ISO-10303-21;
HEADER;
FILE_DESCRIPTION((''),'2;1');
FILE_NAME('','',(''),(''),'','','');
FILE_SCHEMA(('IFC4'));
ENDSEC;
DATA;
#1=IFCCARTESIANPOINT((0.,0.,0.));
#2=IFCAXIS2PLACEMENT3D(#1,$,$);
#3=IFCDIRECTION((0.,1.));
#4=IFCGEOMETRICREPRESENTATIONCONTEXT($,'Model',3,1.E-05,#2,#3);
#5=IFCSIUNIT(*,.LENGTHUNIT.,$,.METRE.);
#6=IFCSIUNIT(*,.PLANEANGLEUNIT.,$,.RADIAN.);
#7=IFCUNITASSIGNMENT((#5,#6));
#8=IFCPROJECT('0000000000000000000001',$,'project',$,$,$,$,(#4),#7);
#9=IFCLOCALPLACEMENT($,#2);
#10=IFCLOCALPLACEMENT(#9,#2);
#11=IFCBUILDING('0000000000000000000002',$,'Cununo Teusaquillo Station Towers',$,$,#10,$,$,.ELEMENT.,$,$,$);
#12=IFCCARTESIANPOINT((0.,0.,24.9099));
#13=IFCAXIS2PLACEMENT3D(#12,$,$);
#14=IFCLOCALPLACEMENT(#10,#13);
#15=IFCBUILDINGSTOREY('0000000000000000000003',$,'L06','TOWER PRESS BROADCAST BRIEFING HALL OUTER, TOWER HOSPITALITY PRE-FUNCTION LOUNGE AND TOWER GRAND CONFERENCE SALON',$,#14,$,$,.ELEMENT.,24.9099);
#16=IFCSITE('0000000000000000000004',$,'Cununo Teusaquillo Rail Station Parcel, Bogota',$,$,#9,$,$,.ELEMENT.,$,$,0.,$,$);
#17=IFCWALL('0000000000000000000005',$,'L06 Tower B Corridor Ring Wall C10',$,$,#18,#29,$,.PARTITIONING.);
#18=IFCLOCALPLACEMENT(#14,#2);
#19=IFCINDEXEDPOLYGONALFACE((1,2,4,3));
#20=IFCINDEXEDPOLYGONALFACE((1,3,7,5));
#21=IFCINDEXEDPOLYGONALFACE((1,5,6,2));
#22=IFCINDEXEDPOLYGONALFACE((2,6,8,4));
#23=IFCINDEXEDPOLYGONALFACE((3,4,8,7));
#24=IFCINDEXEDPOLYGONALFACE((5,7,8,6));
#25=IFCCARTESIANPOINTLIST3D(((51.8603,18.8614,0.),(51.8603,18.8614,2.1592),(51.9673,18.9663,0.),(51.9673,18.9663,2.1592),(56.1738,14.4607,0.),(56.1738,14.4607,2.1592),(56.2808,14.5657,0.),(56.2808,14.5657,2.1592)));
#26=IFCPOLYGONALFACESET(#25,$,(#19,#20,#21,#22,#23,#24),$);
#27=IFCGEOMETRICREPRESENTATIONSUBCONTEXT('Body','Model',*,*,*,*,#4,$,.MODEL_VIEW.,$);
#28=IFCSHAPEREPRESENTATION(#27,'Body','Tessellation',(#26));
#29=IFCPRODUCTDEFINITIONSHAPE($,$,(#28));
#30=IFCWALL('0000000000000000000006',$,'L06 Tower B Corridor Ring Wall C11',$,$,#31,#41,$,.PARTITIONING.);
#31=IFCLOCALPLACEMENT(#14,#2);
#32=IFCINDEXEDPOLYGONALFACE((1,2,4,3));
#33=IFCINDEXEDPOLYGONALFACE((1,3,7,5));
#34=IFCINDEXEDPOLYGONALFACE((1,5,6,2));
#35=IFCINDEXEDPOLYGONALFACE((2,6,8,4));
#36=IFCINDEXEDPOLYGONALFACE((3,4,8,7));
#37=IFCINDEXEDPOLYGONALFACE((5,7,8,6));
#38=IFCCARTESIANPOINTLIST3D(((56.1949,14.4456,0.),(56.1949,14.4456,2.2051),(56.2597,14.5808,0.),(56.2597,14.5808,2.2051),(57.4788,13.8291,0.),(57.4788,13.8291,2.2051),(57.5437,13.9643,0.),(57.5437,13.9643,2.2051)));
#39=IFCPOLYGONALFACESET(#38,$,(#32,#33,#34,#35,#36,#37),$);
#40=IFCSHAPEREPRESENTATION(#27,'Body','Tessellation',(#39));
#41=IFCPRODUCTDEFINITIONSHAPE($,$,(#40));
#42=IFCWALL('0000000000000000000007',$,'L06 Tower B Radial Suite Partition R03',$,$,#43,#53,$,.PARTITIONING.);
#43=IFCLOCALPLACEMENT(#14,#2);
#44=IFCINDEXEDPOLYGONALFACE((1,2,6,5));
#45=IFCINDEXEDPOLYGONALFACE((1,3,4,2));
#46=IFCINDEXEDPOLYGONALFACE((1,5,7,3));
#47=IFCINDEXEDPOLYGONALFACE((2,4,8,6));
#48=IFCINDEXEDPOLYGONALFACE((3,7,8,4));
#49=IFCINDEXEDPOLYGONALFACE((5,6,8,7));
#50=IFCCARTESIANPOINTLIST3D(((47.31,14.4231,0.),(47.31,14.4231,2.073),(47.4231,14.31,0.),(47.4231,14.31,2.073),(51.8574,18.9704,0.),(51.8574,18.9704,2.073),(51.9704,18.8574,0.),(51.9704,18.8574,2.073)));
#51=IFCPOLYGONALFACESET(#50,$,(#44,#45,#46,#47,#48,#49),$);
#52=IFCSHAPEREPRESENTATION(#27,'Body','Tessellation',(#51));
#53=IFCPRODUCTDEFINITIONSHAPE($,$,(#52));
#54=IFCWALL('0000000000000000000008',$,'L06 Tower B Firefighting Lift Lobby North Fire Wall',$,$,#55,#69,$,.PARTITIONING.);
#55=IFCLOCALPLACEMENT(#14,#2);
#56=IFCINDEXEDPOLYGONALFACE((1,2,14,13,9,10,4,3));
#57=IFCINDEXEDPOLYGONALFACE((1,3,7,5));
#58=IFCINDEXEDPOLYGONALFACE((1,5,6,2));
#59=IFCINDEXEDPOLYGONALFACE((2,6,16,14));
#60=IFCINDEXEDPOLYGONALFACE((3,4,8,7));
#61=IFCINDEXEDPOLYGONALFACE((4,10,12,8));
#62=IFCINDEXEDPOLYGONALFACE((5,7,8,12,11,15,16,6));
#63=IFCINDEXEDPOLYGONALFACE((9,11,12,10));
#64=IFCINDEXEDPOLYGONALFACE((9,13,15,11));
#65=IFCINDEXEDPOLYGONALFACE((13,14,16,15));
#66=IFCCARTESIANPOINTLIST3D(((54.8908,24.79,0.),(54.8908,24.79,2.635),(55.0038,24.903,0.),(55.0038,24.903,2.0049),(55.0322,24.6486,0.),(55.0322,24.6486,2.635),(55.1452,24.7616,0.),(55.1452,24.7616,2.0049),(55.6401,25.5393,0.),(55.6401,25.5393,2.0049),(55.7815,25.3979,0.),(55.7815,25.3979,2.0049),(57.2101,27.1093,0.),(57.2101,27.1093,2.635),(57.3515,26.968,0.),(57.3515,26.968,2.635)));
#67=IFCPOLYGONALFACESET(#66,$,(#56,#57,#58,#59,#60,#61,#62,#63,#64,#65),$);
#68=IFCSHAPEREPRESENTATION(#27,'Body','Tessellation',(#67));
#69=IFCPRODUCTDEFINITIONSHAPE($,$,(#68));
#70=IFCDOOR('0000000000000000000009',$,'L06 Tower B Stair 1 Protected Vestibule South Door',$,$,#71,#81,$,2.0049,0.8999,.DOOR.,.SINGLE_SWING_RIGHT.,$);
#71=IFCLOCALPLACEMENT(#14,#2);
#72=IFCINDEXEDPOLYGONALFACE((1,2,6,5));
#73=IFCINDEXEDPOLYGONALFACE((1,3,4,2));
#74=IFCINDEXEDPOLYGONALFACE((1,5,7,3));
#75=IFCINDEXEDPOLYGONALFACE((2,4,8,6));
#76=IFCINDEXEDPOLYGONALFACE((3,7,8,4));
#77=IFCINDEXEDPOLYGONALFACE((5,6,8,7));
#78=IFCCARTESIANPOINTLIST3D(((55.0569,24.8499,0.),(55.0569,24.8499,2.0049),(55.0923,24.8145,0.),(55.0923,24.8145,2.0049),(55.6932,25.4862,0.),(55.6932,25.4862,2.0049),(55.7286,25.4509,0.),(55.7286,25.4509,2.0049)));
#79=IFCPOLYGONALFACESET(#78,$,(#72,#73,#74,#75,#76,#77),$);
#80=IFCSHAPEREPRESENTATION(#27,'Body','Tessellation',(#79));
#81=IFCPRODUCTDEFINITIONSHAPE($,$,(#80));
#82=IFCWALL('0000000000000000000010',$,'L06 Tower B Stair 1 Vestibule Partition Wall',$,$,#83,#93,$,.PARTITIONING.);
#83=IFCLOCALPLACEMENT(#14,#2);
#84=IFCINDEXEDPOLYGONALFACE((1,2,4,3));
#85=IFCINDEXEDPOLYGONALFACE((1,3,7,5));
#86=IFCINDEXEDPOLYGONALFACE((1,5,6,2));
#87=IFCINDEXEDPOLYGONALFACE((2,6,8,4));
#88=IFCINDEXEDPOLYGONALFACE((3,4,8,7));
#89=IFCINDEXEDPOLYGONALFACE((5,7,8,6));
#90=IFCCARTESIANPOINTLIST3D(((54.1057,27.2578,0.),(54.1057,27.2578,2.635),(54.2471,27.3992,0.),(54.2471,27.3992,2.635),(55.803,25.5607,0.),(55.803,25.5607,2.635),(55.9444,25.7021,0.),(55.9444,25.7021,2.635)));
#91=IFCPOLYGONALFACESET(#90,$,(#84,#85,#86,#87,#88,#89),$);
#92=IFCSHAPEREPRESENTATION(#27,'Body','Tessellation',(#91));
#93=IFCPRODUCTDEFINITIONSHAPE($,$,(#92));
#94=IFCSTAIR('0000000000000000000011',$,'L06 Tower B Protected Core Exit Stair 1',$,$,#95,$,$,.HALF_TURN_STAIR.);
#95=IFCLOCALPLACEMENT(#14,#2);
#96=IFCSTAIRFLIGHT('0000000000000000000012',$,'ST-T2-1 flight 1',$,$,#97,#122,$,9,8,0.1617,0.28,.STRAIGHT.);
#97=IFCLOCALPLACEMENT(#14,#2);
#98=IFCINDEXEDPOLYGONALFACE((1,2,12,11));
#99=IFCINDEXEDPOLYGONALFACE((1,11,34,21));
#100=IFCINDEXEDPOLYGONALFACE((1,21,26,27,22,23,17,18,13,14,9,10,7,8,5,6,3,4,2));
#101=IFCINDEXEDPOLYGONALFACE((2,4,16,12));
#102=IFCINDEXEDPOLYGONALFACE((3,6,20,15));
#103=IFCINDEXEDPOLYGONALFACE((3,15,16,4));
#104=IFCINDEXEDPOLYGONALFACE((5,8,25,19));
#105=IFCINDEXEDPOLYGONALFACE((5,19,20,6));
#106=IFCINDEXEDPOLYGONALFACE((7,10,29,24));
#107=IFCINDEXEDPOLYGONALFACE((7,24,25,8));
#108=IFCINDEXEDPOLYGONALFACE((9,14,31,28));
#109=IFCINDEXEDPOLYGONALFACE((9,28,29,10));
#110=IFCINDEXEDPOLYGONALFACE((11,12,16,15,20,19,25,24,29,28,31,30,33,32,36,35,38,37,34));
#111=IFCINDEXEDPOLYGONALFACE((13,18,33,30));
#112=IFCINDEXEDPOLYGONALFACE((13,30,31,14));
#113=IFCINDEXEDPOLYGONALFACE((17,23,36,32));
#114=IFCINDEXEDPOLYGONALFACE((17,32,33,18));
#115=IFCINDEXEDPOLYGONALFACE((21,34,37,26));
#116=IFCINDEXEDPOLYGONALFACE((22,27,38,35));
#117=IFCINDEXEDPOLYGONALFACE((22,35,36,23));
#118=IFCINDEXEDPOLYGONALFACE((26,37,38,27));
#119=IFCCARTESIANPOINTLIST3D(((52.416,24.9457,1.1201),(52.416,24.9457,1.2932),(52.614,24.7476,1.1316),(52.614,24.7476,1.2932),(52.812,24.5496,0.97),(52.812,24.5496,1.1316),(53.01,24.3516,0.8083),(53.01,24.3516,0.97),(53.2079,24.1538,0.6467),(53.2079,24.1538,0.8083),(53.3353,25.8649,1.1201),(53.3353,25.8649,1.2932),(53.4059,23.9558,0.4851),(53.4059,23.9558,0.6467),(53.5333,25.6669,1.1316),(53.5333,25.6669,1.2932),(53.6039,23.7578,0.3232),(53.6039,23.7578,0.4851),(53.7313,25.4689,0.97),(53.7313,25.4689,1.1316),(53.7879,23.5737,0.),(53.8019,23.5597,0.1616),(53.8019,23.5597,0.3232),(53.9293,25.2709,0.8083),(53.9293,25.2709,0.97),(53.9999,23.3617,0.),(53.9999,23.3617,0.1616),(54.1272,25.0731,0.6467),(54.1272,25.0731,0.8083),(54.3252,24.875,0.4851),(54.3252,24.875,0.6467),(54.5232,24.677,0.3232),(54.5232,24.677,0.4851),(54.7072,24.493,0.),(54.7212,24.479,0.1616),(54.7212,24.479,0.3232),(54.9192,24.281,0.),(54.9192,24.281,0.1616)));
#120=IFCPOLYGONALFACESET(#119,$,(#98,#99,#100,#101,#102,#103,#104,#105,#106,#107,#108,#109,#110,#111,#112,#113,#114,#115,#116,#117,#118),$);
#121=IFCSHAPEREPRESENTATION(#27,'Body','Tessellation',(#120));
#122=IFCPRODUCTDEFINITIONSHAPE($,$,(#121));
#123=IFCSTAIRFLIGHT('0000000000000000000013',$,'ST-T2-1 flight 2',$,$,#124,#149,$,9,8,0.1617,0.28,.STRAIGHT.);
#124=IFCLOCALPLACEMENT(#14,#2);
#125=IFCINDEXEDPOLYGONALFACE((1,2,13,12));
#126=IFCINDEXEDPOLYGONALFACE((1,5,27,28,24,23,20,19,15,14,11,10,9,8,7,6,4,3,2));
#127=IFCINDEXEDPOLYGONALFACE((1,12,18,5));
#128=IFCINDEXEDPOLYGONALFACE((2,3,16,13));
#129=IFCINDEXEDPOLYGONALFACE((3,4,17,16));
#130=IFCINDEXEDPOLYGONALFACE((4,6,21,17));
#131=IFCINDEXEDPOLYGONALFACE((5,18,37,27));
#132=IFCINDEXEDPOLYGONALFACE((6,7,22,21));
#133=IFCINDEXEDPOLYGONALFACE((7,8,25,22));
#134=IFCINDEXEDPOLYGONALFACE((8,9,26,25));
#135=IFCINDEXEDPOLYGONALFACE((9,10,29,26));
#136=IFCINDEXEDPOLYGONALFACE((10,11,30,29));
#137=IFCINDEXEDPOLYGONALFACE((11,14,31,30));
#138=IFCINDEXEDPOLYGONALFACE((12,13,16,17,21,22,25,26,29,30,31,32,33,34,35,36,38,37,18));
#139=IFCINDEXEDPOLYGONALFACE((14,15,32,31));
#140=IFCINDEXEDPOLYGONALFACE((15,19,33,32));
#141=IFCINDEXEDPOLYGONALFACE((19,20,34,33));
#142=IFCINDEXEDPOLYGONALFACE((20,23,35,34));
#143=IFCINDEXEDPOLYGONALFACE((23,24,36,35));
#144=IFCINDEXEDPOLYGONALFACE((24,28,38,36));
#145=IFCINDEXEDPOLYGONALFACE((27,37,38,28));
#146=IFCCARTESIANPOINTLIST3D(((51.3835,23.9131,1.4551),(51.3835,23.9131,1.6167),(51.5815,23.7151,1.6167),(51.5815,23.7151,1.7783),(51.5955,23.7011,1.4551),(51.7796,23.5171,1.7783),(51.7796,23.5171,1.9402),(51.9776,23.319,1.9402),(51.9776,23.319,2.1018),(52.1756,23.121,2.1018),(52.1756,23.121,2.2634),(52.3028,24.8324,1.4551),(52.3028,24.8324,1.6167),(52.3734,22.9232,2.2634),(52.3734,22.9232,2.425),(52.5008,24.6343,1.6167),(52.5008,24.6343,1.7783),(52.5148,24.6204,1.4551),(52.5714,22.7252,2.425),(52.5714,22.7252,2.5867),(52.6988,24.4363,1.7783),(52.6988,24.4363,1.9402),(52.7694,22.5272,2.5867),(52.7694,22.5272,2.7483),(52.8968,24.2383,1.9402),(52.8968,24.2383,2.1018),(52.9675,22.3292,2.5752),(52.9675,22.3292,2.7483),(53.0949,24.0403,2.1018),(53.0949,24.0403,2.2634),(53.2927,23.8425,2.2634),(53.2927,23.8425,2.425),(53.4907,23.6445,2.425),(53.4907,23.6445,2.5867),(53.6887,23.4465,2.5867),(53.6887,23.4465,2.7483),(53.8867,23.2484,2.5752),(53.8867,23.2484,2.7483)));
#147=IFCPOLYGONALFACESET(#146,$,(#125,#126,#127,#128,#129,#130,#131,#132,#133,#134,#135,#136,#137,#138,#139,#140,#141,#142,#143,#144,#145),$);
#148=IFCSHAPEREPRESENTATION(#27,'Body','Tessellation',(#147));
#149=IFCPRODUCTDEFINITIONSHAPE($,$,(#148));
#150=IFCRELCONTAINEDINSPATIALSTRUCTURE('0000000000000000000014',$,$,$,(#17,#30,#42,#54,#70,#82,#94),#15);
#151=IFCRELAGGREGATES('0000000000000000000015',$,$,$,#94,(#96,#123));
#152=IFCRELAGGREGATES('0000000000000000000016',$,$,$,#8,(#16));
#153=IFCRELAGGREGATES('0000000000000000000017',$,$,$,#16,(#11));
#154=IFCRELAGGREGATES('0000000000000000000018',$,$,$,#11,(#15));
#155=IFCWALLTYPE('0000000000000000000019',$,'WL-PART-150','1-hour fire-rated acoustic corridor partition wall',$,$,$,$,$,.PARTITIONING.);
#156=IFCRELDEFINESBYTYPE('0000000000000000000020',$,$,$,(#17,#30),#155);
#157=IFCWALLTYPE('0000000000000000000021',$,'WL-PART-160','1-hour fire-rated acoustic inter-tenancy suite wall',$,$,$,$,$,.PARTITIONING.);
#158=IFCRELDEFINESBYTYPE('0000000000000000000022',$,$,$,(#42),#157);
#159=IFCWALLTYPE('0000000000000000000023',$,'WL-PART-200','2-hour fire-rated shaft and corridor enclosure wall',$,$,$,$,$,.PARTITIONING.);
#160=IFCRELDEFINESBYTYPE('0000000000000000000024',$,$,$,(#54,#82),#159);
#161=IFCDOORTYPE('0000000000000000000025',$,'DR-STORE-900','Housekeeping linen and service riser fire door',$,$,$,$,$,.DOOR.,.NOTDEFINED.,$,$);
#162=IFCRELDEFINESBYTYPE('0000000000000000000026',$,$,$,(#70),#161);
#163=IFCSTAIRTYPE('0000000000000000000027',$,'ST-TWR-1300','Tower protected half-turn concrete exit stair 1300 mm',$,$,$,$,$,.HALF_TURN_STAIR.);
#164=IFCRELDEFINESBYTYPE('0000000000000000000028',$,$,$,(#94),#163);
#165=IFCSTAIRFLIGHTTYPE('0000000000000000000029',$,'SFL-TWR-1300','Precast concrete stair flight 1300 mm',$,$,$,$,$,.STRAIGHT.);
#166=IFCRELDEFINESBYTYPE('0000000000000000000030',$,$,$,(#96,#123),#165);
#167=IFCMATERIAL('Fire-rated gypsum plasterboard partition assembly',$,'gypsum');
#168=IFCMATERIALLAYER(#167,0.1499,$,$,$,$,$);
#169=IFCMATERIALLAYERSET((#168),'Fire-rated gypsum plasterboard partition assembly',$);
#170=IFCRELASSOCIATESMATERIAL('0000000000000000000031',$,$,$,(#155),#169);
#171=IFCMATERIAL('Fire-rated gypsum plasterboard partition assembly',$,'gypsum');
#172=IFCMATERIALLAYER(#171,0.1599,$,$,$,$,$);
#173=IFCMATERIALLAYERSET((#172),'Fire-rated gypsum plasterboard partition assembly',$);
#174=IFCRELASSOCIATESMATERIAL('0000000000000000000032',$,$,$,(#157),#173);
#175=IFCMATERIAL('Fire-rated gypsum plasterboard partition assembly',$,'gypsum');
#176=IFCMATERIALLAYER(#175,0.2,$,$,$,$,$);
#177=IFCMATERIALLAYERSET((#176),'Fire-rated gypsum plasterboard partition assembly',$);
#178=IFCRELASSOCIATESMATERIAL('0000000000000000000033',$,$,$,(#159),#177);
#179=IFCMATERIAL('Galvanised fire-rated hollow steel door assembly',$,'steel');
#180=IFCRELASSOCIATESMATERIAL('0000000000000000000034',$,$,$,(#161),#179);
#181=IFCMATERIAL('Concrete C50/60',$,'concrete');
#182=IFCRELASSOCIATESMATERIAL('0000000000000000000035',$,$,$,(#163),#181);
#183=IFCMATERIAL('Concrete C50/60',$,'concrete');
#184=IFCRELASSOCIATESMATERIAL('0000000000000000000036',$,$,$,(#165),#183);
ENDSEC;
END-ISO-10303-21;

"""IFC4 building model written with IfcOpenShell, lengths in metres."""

from ifc_helpers import new_model, si_unit, direction, frame, frame_2d, origin, place, context, subcontext, project, spatial, polyline, rectangle, outline, extrude, source, transform, mapped, material, layer, layer_set, type_object, element, fill, aggregate, save


model = new_model("IFC4")

# Units and contexts
model_context = context("Model", 3, precision=1e-05, world=origin(), true_north=direction((0.0, 1.0)))
body_context = subcontext(model_context, "Body", "Model", "MODEL_VIEW")
ifc_project = project(units=[si_unit("LENGTHUNIT", "METRE"), si_unit("PLANEANGLEUNIT", "RADIAN")], contexts=[model_context])

# Site, building, storey
site_placement = place(None, origin())
site = spatial("IfcSite", under=ifc_project, at=site_placement, Name="Cununo Teusaquillo Rail Station Parcel, Bogota", CompositionType="ELEMENT", RefElevation=0.0)
building_placement = place(site_placement, origin())
building = spatial("IfcBuilding", under=site, at=building_placement, Name="Cununo Teusaquillo Station Towers", CompositionType="ELEMENT")
storey_placement = place(building_placement, frame((0.0, 0.0, 24.9099)))
storey = spatial("IfcBuildingStorey", under=building, at=storey_placement, Name="L06", Description="TOWER PRESS BROADCAST BRIEFING HALL OUTER, TOWER HOSPITALITY PRE-FUNCTION LOUNGE AND TOWER GRAND CONFERENCE SALON", CompositionType="ELEMENT", Elevation=24.9099)

# Walls
ifc_material_1 = material(Name="Fire-rated gypsum plasterboard partition assembly", Category="gypsum")
ifc_layer_1 = layer(ifc_material_1, 0.1499)
ifc_layer_set_1 = layer_set([ifc_layer_1], Name="Fire-rated gypsum plasterboard partition assembly")
wall_type_1 = type_object("IfcWallType", Name="WL-PART-150", Description="1-hour fire-rated acoustic corridor partition wall", PredefinedType="PARTITIONING", material=ifc_layer_set_1)
wall_1_placement = place(storey_placement, frame((51.9138, 18.9138, 0.0), z_axis=(0.0, 0.0, 1.0), x_axis=(0.699999, -0.714144, 0.0)))
element("IfcWall", 1, at=wall_1_placement, inside=storey, type_object=wall_type_1, Name="L06 Tower B Corridor Ring Wall C10", PredefinedType="PARTITIONING", context=body_context, shape_type="SweptSolid", body=[
    extrude(rectangle(XDim=6.1621, YDim=0.1499, at=frame_2d((3.0811, 0.0))), origin(), (0.0, 0.0, 1.0), 2.1592),
])
wall_2_placement = place(storey_placement, frame((56.2273, 14.5132, 0.0), z_axis=(0.0, 0.0, 1.0), x_axis=(0.901478, -0.432826, 0.0)))
element("IfcWall", 2, at=wall_2_placement, inside=storey, type_object=wall_type_1, Name="L06 Tower B Corridor Ring Wall C11", PredefinedType="PARTITIONING", context=body_context, shape_type="SweptSolid", body=[
    extrude(rectangle(XDim=1.4243, YDim=0.1499, at=frame_2d((0.7122, 0.0))), origin(), (0.0, 0.0, 1.0), 2.2051),
])
ifc_material_2 = material(Name="Fire-rated gypsum plasterboard partition assembly", Category="gypsum")
ifc_layer_2 = layer(ifc_material_2, 0.1599)
ifc_layer_set_2 = layer_set([ifc_layer_2], Name="Fire-rated gypsum plasterboard partition assembly")
wall_type_2 = type_object("IfcWallType", Name="WL-PART-160", Description="1-hour fire-rated acoustic inter-tenancy suite wall", PredefinedType="PARTITIONING", material=ifc_layer_set_2)
wall_3_placement = place(storey_placement, frame((51.9138, 18.9138, 0.0), z_axis=(0.0, 0.0, 1.0), x_axis=(-0.707107, -0.707107, 0.0)))
element("IfcWall", 3, at=wall_3_placement, inside=storey, type_object=wall_type_2, Name="L06 Tower B Radial Suite Partition R03", PredefinedType="PARTITIONING", context=body_context, shape_type="SweptSolid", body=[
    extrude(rectangle(XDim=6.4309, YDim=0.1599, at=frame_2d((3.2153, 0.0))), origin(), (0.0, 0.0, 1.0), 2.073),
])

# Wall, opening, door
ifc_material_3 = material(Name="Fire-rated gypsum plasterboard partition assembly", Category="gypsum")
ifc_layer_3 = layer(ifc_material_3, 0.2)
ifc_layer_set_3 = layer_set([ifc_layer_3], Name="Fire-rated gypsum plasterboard partition assembly")
wall_type_3 = type_object("IfcWallType", Name="WL-PART-200", Description="2-hour fire-rated shaft and corridor enclosure wall", PredefinedType="PARTITIONING", material=ifc_layer_set_3)
wall_4_placement = place(storey_placement, frame((54.9614, 24.7192, 0.0), z_axis=(0.0, 0.0, 1.0), x_axis=(0.707107, 0.707107, 0.0)))
wall_4 = element("IfcWall", 4, at=wall_4_placement, inside=storey, type_object=wall_type_3, Name="L06 Tower B Firefighting Lift Lobby North Fire Wall", PredefinedType="PARTITIONING", context=body_context, shape_type="SweptSolid", body=[
    extrude(rectangle(XDim=3.28, YDim=0.2, at=frame_2d((1.6401, 0.0))), origin(), (0.0, 0.0, 1.0), 2.635),
])
shared_shape_1 = source(origin(), body_context, "Body", "SweptSolid", [
    extrude(rectangle(XDim=0.8999, YDim=2.0049, at=frame_2d((0.45, 1.0024))), frame((0.0, 0.1099, 0.0), z_axis=(0.0, -1.0, 0.0), x_axis=(1.0, 0.0, 0.0)), (0.0, 0.0, 1.0), 0.22),
])
opening_placement = place(wall_4_placement, frame((0.1599, 0.0, 0.0)))
opening = element("IfcOpeningElement", 5, at=opening_placement, cuts=wall_4, PredefinedType="OPENING", context=body_context, shape_type="MappedRepresentation", body=[
    mapped(shared_shape_1, transform((0.0, 0.0, 0.0), x_axis=(1.0, 0.0, 0.0), y_axis=(0.0, 1.0, 0.0), z_axis=(0.0, 0.0, 1.0), scale=1.0)),
])
ifc_material_4 = material(Name="Galvanised fire-rated hollow steel door assembly", Category="steel")
door_type = type_object("IfcDoorType", Name="DR-STORE-900", Description="Housekeeping linen and service riser fire door", OperationType="NOTDEFINED", PredefinedType="DOOR", material=ifc_material_4)
shared_shape_2 = source(origin(), body_context, "Body", "SweptSolid", [
    extrude(rectangle(XDim=0.8999, YDim=2.0049, at=frame_2d((0.45, 1.0024))), frame((0.0, 0.0249, 0.0), z_axis=(0.0, -1.0, 0.0), x_axis=(1.0, 0.0, 0.0)), (0.0, 0.0, 1.0), 0.05),
])
door_placement = place(opening_placement, origin())
door = element("IfcDoor", 6, at=door_placement, inside=storey, type_object=door_type, Name="L06 Tower B Stair 1 Protected Vestibule South Door", OperationType="SINGLE_SWING_RIGHT", OverallHeight=2.0049, OverallWidth=0.8999, PredefinedType="DOOR", context=body_context, shape_type="MappedRepresentation", body=[
    mapped(shared_shape_2, transform((0.0, 0.0, 0.0), x_axis=(1.0, 0.0, 0.0), y_axis=(0.0, 1.0, 0.0), z_axis=(0.0, 0.0, 1.0), scale=1.0)),
])
fill(opening, door)

# Wall
wall_5_placement = place(storey_placement, frame((55.8738, 25.6313, 0.0), z_axis=(0.0, 0.0, 1.0), x_axis=(-0.707158, 0.707056, 0.0)))
element("IfcWall", 7, at=wall_5_placement, inside=storey, type_object=wall_type_3, Name="L06 Tower B Stair 1 Vestibule Partition Wall", PredefinedType="PARTITIONING", context=body_context, shape_type="SweptSolid", body=[
    extrude(rectangle(XDim=2.4001, YDim=0.2, at=frame_2d((1.2002, 0.0))), origin(), (0.0, 0.0, 1.0), 2.635),
])

# Stair, stair flights
ifc_material_5 = material(Name="Concrete C50/60", Category="concrete")
stair_type = type_object("IfcStairType", Name="ST-TWR-1300", Description="Tower protected half-turn concrete exit stair 1300 mm", PredefinedType="HALF_TURN_STAIR", material=ifc_material_5)
stair_placement = place(storey_placement, origin())
stair = element("IfcStair", 8, at=stair_placement, inside=storey, type_object=stair_type, Name="L06 Tower B Protected Core Exit Stair 1", PredefinedType="HALF_TURN_STAIR")
ifc_material_6 = material(Name="Concrete C50/60", Category="concrete")
stair_flight_type = type_object("IfcStairFlightType", Name="SFL-TWR-1300", Description="Precast concrete stair flight 1300 mm", PredefinedType="STRAIGHT", material=ifc_material_6)
stair_flight_1_placement = place(storey_placement, frame((54.4595, 23.8213, 0.0), z_axis=(0.0, 0.0, 1.0), x_axis=(-0.707107, 0.707107, 0.0)))
stair_flight_1 = element("IfcStairFlight", 9, at=stair_flight_1_placement, type_object=stair_flight_type, Name="ST-T2-1 flight 1", NumberOfRisers=9, NumberOfTreads=8, PredefinedType="STRAIGHT", RiserHeight=0.1617, TreadLength=0.28, context=body_context, shape_type="SweptSolid", body=[
    extrude(outline(polyline([(0.0, 0.0), (0.0, 0.1616), (0.28, 0.1616), (0.28, 0.3232), (0.5601, 0.3232), (0.5601, 0.4851), (0.8401, 0.4851), (0.8401, 0.6467), (1.1201, 0.6467), (1.1201, 0.8083), (1.3999, 0.8083), (1.3999, 0.97), (1.6799, 0.97), (1.6799, 1.1316), (1.96, 1.1316), (1.96, 1.2932), (2.24, 1.2932), (2.24, 1.4551), (2.24, 1.1201), (0.2998, 0.0), (0.0, 0.0)])), frame((0.0, 0.6499, 0.0), z_axis=(0.0, -1.0, 0.0), x_axis=(1.0, 0.0, 0.0)), (0.0, 0.0, 1.0), 1.3),
])
stair_flight_2_placement = place(storey_placement, frame((51.8433, 24.3728, 1.4551), z_axis=(0.0, 0.0, 1.0), x_axis=(0.707107, -0.707107, 0.0)))
stair_flight_2 = element("IfcStairFlight", 10, at=stair_flight_2_placement, type_object=stair_flight_type, Name="ST-T2-1 flight 2", NumberOfRisers=9, NumberOfTreads=8, PredefinedType="STRAIGHT", RiserHeight=0.1617, TreadLength=0.28, context=body_context, shape_type="SweptSolid", body=[
    extrude(outline(polyline([(0.0, 0.0), (0.0, 0.1616), (0.28, 0.1616), (0.28, 0.3232), (0.5601, 0.3232), (0.5601, 0.4851), (0.8401, 0.4851), (0.8401, 0.6467), (1.1201, 0.6467), (1.1201, 0.8083), (1.3999, 0.8083), (1.3999, 0.97), (1.6799, 0.97), (1.6799, 1.1316), (1.96, 1.1316), (1.96, 1.2932), (2.24, 1.2932), (2.24, 1.4551), (2.24, 1.1201), (0.2998, 0.0), (0.0, 0.0)])), frame((0.0, 0.6499, 0.0), z_axis=(0.0, -1.0, 0.0), x_axis=(1.0, 0.0, 0.0)), (0.0, 0.0, 1.0), 1.3),
])
aggregate(stair, [stair_flight_1, stair_flight_2])

save(model, "model.ifc")
